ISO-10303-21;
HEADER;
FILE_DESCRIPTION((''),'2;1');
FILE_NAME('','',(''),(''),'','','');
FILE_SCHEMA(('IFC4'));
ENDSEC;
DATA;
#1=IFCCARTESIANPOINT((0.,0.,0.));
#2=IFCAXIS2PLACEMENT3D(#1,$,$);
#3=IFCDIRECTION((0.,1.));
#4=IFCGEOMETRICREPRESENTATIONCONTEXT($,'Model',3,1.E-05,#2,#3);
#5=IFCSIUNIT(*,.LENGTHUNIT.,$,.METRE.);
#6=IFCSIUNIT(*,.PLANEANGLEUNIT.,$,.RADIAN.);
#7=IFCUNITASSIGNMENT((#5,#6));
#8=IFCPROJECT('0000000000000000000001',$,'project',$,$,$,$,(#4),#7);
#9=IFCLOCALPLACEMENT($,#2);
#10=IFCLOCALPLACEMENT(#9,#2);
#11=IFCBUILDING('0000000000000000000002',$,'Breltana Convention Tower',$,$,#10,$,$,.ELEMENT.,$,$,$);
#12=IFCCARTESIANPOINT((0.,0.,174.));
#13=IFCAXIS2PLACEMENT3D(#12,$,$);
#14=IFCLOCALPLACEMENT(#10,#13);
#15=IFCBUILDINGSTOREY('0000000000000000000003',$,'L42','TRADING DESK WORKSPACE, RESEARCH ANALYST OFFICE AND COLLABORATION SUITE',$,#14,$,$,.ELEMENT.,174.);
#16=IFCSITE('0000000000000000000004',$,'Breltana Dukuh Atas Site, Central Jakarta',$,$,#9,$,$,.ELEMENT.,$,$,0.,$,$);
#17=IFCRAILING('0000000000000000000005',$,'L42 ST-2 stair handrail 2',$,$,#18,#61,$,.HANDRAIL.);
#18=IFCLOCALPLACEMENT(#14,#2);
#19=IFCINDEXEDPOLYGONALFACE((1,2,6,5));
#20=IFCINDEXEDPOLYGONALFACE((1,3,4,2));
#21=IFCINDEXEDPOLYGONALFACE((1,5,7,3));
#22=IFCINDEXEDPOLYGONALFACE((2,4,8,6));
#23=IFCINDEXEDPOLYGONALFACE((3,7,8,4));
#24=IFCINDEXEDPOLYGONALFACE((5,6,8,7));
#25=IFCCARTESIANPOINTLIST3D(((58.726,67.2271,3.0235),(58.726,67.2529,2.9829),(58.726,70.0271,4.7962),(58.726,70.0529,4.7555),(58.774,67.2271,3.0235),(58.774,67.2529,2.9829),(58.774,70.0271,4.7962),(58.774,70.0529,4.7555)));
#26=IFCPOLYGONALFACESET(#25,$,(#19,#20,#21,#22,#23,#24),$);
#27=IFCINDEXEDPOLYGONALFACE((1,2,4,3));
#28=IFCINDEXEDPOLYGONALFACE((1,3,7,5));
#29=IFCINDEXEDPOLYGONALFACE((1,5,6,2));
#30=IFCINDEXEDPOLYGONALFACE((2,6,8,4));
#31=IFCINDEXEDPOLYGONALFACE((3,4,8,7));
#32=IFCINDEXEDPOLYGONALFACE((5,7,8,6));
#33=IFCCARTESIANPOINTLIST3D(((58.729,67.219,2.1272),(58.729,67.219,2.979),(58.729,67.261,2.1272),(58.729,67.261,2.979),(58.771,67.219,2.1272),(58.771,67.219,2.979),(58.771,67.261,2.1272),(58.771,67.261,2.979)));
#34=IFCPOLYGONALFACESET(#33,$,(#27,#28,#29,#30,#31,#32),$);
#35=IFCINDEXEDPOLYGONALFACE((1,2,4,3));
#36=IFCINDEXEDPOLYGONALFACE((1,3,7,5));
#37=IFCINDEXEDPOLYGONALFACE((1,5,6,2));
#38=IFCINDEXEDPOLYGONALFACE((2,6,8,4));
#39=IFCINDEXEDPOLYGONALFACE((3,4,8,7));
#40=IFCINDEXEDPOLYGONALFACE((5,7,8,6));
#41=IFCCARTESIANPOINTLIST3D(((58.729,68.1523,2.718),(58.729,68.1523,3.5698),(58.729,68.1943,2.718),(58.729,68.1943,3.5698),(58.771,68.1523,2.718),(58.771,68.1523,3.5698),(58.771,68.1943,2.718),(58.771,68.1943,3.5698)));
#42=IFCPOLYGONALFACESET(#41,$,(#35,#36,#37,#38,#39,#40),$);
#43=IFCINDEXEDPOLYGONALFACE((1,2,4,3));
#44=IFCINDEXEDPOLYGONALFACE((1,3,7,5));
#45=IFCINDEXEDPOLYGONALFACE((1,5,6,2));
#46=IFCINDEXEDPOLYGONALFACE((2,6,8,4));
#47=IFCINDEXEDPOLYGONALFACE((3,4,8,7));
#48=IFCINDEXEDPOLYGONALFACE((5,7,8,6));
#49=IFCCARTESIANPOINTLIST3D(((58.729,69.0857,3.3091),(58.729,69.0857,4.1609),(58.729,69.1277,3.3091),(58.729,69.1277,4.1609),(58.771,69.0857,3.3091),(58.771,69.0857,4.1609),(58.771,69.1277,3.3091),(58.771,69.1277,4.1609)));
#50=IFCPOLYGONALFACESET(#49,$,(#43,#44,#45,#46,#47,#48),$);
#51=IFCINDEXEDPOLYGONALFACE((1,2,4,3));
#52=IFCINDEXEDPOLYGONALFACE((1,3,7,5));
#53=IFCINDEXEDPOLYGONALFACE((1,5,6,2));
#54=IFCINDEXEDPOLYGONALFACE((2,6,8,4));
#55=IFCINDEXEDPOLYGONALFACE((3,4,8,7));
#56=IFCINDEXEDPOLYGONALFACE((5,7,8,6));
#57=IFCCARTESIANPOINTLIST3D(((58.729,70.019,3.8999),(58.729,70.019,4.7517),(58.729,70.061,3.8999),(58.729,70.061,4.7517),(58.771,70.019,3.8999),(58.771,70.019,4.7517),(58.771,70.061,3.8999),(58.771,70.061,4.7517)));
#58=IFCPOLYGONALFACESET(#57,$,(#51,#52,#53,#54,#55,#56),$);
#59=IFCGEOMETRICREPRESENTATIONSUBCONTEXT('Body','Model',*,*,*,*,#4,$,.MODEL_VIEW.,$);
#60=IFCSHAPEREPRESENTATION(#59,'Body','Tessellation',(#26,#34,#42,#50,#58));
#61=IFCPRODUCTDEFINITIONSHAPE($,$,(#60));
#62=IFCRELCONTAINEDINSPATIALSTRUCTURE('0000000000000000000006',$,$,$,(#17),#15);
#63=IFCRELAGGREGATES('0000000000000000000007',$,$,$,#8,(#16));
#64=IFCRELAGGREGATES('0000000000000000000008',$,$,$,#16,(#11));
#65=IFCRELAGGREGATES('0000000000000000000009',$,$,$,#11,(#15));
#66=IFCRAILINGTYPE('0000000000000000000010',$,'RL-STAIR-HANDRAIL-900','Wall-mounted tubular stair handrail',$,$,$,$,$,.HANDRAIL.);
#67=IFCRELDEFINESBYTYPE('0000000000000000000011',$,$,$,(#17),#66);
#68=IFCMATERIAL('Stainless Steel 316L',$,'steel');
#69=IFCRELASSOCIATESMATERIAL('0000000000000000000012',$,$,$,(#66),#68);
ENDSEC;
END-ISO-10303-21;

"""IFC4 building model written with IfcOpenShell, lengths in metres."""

from ifc_helpers import new_model, si_unit, direction, frame, origin, origin_2d, place, context, subcontext, project, spatial, rectangle, extrude, material, type_object, element, save


model = new_model("IFC4")

# Units and contexts
model_context = context("Model", 3, precision=1e-05, world=origin(), true_north=direction((0.0, 1.0)))
body_context = subcontext(model_context, "Body", "Model", "MODEL_VIEW")
ifc_project = project(units=[si_unit("LENGTHUNIT", "METRE"), si_unit("PLANEANGLEUNIT", "RADIAN")], contexts=[model_context])

# Site, building, storey
site_placement = place(None, origin())
site = spatial("IfcSite", under=ifc_project, at=site_placement, Name="Breltana Dukuh Atas Site, Central Jakarta", CompositionType="ELEMENT", RefElevation=0.0)
building_placement = place(site_placement, origin())
building = spatial("IfcBuilding", under=site, at=building_placement, Name="Breltana Convention Tower", CompositionType="ELEMENT")
storey_placement = place(building_placement, frame((0.0, 0.0, 174.0)))
storey = spatial("IfcBuildingStorey", under=building, at=storey_placement, Name="L42", Description="TRADING DESK WORKSPACE, RESEARCH ANALYST OFFICE AND COLLABORATION SUITE", CompositionType="ELEMENT", Elevation=174.0)

# Railing
ifc_material_1 = material(Name="Stainless Steel 316L", Category="steel")
railing_type_1 = type_object("IfcRailingType", Name="RL-STAIR-HANDRAIL-900", Description="Wall-mounted tubular stair handrail", PredefinedType="HANDRAIL", material=ifc_material_1)
railing_1_placement = place(storey_placement, frame((58.75, 67.24, 2.1272)))
element("IfcRailing", 1, at=railing_1_placement, inside=storey, type_object=railing_type_1, Name="L42 ST-2 stair handrail 2", PredefinedType="HANDRAIL", context=body_context, shape_type="SweptSolid", body=[
    extrude(rectangle(XDim=0.0481, YDim=0.0481, at=origin_2d()), frame((0.0, 0.0, 0.876), z_axis=(0.0, 0.844909, 0.53491), x_axis=(-1.0, 0.0, 0.0)), (0.0, 0.0, 1.0), 3.314),
    extrude(rectangle(XDim=0.042, YDim=0.042, at=origin_2d()), origin(), (0.0, 0.0, 1.0), 0.8518),
    extrude(rectangle(XDim=0.042, YDim=0.042, at=origin_2d()), frame((0.0, 0.9333, 0.5908)), (0.0, 0.0, 1.0), 0.8518),
    extrude(rectangle(XDim=0.042, YDim=0.042, at=origin_2d()), frame((0.0, 1.8667, 1.1819)), (0.0, 0.0, 1.0), 0.8518),
    extrude(rectangle(XDim=0.042, YDim=0.042, at=origin_2d()), frame((0.0, 2.8, 1.7727)), (0.0, 0.0, 1.0), 0.8518),
])

save(model, "model.ifc")
